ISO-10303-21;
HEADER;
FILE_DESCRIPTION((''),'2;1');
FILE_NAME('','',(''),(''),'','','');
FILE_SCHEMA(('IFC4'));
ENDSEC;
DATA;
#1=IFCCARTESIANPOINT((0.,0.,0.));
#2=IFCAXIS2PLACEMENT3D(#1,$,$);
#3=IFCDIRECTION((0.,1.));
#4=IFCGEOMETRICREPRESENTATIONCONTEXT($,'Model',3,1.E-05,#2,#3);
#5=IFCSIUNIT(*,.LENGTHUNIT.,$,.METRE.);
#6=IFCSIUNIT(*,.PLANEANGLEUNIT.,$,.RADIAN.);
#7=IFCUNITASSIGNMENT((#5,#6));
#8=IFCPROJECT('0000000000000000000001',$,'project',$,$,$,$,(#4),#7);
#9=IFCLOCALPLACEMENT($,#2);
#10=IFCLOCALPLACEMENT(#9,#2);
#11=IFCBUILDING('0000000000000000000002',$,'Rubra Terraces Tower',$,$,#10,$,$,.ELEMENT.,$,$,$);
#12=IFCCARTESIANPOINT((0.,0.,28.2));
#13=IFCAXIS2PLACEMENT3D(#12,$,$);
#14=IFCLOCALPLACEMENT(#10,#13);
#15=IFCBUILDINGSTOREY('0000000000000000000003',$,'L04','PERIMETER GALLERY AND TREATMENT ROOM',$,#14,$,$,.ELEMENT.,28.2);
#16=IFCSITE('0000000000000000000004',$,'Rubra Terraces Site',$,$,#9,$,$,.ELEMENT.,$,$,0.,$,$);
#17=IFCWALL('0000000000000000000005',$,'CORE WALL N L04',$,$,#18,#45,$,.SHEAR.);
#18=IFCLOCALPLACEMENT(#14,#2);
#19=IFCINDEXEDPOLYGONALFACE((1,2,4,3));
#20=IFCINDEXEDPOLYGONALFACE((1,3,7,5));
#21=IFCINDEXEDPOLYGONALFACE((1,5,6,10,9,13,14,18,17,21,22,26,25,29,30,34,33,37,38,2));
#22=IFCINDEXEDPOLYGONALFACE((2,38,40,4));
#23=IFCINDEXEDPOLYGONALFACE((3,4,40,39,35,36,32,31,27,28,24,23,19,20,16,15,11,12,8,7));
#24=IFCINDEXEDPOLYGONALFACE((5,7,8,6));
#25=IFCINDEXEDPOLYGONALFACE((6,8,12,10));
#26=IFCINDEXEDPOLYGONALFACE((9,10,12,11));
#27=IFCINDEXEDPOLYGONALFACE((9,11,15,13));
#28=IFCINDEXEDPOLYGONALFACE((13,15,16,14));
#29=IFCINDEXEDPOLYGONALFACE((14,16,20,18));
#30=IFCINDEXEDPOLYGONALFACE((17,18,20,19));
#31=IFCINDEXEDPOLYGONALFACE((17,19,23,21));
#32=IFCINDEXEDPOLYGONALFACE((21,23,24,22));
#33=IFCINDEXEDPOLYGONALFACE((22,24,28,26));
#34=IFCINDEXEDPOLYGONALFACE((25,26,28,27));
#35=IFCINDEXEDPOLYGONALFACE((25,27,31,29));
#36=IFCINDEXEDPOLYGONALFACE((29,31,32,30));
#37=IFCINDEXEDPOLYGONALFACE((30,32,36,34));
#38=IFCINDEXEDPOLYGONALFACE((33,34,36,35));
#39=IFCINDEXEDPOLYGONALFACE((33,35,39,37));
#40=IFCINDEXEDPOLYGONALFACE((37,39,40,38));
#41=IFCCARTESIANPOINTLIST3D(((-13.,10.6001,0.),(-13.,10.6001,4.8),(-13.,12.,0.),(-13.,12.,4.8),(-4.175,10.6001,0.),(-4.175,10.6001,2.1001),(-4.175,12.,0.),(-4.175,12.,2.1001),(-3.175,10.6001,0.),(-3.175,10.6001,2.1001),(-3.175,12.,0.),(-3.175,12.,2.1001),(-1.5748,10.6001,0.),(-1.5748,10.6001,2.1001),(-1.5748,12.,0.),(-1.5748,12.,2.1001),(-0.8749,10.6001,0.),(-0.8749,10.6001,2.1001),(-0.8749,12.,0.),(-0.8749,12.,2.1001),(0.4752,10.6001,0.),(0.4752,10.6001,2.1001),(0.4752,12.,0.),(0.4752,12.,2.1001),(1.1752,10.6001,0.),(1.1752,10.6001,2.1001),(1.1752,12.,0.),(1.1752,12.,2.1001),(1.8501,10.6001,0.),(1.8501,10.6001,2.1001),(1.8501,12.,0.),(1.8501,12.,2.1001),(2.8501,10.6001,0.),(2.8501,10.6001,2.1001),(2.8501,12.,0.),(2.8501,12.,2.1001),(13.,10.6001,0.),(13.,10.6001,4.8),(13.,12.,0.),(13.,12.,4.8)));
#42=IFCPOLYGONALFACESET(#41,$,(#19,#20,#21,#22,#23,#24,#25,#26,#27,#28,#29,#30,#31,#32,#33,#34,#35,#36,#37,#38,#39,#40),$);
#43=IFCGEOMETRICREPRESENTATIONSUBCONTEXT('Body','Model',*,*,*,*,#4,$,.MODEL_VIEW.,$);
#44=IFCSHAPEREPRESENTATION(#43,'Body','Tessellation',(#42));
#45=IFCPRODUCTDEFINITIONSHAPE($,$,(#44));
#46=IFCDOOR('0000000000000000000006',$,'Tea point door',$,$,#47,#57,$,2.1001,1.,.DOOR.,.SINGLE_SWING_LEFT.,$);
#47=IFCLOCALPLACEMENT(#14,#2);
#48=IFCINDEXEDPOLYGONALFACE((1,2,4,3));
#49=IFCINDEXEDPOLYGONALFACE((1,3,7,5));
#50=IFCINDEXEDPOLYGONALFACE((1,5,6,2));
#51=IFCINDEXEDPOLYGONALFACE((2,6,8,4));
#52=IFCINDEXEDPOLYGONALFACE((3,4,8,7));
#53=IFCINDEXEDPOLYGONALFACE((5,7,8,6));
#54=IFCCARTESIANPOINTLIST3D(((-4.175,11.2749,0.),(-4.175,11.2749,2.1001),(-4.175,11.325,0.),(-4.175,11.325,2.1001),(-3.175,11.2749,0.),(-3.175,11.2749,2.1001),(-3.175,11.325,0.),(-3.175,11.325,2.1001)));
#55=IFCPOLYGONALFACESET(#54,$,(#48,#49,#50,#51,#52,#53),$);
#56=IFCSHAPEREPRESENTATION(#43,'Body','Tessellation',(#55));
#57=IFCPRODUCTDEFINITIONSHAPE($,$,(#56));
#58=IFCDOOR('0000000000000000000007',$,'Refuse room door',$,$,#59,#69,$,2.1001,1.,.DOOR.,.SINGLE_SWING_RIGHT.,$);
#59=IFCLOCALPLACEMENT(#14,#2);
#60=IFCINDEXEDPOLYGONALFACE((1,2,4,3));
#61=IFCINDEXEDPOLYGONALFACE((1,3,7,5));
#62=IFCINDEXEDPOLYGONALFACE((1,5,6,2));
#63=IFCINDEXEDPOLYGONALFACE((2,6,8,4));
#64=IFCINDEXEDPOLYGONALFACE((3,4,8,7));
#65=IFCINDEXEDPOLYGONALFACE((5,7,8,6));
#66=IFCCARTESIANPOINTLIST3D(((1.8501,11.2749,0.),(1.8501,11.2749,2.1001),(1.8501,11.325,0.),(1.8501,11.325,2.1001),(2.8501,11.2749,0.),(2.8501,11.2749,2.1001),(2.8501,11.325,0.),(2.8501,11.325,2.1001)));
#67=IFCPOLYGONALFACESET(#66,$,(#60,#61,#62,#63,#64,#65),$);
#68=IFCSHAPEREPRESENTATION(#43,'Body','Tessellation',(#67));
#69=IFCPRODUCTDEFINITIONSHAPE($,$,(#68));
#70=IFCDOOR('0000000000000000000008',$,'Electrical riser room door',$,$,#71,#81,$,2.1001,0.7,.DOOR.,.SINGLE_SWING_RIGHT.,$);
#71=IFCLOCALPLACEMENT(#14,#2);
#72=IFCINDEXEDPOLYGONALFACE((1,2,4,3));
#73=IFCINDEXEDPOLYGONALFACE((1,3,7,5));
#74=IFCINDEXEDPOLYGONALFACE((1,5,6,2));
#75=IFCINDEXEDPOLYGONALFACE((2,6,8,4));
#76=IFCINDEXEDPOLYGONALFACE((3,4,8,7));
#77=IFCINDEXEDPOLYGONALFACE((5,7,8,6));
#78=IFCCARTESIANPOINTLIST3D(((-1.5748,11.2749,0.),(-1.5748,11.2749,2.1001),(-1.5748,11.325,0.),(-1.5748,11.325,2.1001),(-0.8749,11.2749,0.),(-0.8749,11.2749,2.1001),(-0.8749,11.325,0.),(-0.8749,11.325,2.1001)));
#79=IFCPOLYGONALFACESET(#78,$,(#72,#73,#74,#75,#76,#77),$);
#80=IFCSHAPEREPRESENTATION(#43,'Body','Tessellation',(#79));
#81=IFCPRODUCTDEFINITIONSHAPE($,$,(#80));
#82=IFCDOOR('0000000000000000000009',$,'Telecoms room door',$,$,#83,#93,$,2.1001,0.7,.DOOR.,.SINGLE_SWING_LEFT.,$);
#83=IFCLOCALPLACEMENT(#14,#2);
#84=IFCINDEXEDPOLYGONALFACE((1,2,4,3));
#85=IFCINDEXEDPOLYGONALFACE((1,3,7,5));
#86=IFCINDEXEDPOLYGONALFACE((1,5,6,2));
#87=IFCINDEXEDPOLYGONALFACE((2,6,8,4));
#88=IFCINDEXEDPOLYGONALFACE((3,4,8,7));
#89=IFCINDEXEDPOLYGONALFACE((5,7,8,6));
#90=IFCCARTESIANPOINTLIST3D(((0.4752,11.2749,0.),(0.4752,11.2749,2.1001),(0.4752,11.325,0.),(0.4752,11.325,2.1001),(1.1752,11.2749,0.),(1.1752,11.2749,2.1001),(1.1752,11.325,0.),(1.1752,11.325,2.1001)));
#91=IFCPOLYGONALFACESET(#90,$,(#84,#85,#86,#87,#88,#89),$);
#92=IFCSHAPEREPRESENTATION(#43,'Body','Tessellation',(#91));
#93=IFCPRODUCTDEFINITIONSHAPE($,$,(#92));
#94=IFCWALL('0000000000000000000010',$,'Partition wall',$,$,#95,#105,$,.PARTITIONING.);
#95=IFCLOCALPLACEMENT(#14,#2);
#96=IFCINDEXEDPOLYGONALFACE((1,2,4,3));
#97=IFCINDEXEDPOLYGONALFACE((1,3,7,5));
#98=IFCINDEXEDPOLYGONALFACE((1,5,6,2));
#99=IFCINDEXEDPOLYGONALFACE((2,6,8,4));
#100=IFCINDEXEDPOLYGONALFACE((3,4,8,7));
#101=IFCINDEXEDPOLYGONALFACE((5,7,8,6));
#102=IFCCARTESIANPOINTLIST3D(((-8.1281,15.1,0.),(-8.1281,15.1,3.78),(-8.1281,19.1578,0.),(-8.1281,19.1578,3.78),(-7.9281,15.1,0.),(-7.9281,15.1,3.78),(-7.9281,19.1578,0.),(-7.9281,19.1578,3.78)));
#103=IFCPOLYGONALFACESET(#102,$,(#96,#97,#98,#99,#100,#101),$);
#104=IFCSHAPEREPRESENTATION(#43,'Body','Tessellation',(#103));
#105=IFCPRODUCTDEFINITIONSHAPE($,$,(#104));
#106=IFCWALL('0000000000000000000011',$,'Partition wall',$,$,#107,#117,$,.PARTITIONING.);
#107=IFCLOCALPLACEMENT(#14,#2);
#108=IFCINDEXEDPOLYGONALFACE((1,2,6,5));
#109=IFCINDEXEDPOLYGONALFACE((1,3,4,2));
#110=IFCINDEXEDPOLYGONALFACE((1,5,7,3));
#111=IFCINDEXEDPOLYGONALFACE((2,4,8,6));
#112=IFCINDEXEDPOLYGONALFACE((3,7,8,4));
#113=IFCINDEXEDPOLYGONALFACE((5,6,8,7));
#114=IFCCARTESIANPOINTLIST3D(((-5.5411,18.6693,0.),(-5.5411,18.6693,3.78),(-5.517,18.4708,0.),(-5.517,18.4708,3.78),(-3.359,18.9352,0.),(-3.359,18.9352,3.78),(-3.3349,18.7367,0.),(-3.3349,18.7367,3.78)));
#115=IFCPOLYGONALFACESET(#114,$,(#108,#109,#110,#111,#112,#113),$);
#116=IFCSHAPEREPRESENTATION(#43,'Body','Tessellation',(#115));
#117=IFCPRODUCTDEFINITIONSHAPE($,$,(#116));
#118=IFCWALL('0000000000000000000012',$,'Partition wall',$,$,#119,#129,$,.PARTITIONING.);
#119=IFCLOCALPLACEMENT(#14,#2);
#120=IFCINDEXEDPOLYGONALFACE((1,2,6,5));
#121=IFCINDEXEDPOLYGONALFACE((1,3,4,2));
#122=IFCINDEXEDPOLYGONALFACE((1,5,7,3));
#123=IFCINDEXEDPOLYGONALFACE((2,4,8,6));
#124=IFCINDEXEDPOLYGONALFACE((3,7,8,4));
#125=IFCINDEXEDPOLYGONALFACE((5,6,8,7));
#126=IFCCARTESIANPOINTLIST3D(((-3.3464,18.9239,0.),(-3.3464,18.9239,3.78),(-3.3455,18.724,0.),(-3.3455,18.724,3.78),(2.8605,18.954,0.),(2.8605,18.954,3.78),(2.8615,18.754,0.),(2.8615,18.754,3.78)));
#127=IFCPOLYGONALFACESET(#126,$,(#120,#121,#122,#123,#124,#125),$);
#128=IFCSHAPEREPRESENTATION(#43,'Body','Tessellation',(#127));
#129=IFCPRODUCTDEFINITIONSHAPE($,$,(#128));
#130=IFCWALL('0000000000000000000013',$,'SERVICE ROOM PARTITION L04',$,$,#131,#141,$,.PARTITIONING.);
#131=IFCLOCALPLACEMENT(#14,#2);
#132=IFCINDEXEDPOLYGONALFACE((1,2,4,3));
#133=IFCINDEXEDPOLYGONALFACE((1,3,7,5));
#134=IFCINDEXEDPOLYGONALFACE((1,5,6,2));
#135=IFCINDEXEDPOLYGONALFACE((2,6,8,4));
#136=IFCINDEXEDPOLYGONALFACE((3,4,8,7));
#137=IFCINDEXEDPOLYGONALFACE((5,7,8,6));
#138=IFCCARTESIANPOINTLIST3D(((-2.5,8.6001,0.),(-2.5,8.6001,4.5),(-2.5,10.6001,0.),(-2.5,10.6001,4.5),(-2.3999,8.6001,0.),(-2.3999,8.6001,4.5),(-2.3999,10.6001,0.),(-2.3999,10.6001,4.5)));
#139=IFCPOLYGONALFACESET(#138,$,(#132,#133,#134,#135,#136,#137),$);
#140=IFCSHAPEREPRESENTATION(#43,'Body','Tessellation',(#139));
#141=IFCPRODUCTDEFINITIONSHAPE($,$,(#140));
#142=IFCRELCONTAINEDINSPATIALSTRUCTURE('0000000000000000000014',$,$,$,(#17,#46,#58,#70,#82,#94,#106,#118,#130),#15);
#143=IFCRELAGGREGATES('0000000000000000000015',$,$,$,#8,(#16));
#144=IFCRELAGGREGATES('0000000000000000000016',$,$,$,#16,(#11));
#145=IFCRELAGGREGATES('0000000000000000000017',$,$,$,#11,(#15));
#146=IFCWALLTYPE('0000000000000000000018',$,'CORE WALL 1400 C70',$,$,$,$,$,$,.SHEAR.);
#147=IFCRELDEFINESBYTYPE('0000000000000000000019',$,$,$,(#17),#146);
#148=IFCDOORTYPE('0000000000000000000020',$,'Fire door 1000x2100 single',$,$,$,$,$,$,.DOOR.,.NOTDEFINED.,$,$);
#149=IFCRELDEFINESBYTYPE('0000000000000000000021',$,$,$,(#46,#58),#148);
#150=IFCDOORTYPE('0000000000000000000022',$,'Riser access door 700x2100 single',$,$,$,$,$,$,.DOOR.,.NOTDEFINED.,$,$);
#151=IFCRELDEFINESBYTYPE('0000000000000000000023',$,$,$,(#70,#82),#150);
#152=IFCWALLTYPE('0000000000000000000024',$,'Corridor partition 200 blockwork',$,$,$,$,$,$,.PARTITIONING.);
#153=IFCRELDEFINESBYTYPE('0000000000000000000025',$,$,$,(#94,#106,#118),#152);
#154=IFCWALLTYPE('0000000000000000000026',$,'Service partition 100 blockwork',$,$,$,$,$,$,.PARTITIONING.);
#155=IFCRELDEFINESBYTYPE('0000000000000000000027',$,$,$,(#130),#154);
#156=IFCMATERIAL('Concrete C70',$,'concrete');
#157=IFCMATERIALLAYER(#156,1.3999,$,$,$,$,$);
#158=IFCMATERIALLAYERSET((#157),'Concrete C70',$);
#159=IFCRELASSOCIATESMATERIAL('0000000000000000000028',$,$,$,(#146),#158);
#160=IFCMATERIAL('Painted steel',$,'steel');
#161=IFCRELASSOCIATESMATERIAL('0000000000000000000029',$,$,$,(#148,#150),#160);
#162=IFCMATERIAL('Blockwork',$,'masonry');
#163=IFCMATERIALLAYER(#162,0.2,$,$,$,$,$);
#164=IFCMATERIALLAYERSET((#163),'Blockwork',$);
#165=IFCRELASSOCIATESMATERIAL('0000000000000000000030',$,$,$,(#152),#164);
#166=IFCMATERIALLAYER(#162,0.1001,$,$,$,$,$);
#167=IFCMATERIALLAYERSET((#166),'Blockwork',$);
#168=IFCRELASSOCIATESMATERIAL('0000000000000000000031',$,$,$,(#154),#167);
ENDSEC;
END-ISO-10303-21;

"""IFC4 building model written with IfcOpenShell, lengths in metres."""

from ifc_helpers import new_model, si_unit, direction, frame, frame_2d, origin, place, context, subcontext, project, spatial, rectangle, extrude, material, layer, layer_set, type_object, element, fill, save


model = new_model("IFC4")

# Units and contexts
model_context = context("Model", 3, precision=1e-05, world=origin(), true_north=direction((0.0, 1.0)))
body_context = subcontext(model_context, "Body", "Model", "MODEL_VIEW")
ifc_project = project(units=[si_unit("LENGTHUNIT", "METRE"), si_unit("PLANEANGLEUNIT", "RADIAN")], contexts=[model_context])

# Site, building, storey
site_placement = place(None, origin())
site = spatial("IfcSite", under=ifc_project, at=site_placement, Name="Rubra Terraces Site", CompositionType="ELEMENT", RefElevation=0.0)
building_placement = place(site_placement, origin())
building = spatial("IfcBuilding", under=site, at=building_placement, Name="Rubra Terraces Tower", CompositionType="ELEMENT")
storey_placement = place(building_placement, frame((0.0, 0.0, 28.2)))
storey = spatial("IfcBuildingStorey", under=building, at=storey_placement, Name="L04", Description="PERIMETER GALLERY AND TREATMENT ROOM", CompositionType="ELEMENT", Elevation=28.2)

# Wall, openings, doors
ifc_material_1 = material(Name="Concrete C70", Category="concrete")
ifc_layer_1 = layer(ifc_material_1, 1.3999)
ifc_layer_set_1 = layer_set([ifc_layer_1], Name="Concrete C70")
wall_type_1 = type_object("IfcWallType", Name="CORE WALL 1400 C70", PredefinedType="SHEAR", material=ifc_layer_set_1)
wall_1_placement = place(storey_placement, frame((-13.0, 11.3, 0.0), z_axis=(0.0, 0.0, 1.0), x_axis=(1.0, 0.0, 0.0)))
wall_1 = element("IfcWall", 1, at=wall_1_placement, inside=storey, type_object=wall_type_1, Name="CORE WALL N L04", PredefinedType="SHEAR", context=body_context, shape_type="SweptSolid", body=[
    extrude(rectangle(XDim=26.0, YDim=1.3999, at=frame_2d((13.0, 0.0))), origin(), (0.0, 0.0, 1.0), 4.8),
])
opening_1_placement = place(wall_1_placement, frame((8.825, 0.0, 0.0)))
opening_1 = element("IfcOpeningElement", 2, at=opening_1_placement, cuts=wall_1, PredefinedType="OPENING", context=body_context, shape_type="SweptSolid", body=[
    extrude(rectangle(XDim=1.0, YDim=2.1001, at=frame_2d((0.5, 1.05))), frame((0.0, 0.71, 0.0), z_axis=(0.0, -1.0, 0.0), x_axis=(1.0, 0.0, 0.0)), (0.0, 0.0, 1.0), 1.4199),
])
opening_2_placement = place(wall_1_placement, frame((11.425, 0.0, 0.0)))
opening_2 = element("IfcOpeningElement", 3, at=opening_2_placement, cuts=wall_1, PredefinedType="OPENING", context=body_context, shape_type="SweptSolid", body=[
    extrude(rectangle(XDim=0.7, YDim=2.1001, at=frame_2d((0.3501, 1.05))), frame((0.0, 0.71, 0.0), z_axis=(0.0, -1.0, 0.0), x_axis=(1.0, 0.0, 0.0)), (0.0, 0.0, 1.0), 1.4199),
])
opening_3_placement = place(wall_1_placement, frame((13.4751, 0.0, 0.0)))
opening_3 = element("IfcOpeningElement", 4, at=opening_3_placement, cuts=wall_1, PredefinedType="OPENING", context=body_context, shape_type="SweptSolid", body=[
    extrude(rectangle(XDim=0.7, YDim=2.1001, at=frame_2d((0.3501, 1.05))), frame((0.0, 0.71, 0.0), z_axis=(0.0, -1.0, 0.0), x_axis=(1.0, 0.0, 0.0)), (0.0, 0.0, 1.0), 1.4199),
])
opening_4_placement = place(wall_1_placement, frame((14.8501, 0.0, 0.0)))
opening_4 = element("IfcOpeningElement", 5, at=opening_4_placement, cuts=wall_1, PredefinedType="OPENING", context=body_context, shape_type="SweptSolid", body=[
    extrude(rectangle(XDim=1.0, YDim=2.1001, at=frame_2d((0.5, 1.05))), frame((0.0, 0.71, 0.0), z_axis=(0.0, -1.0, 0.0), x_axis=(1.0, 0.0, 0.0)), (0.0, 0.0, 1.0), 1.4199),
])
ifc_material_2 = material(Name="Painted steel", Category="steel")
door_type_1 = type_object("IfcDoorType", Name="Fire door 1000x2100 single", OperationType="NOTDEFINED", PredefinedType="DOOR", material=ifc_material_2)
door_1_placement = place(opening_1_placement, origin())
door_1 = element("IfcDoor", 6, at=door_1_placement, inside=storey, type_object=door_type_1, Name="Tea point door", OperationType="SINGLE_SWING_LEFT", OverallHeight=2.1001, OverallWidth=1.0, PredefinedType="DOOR", context=body_context, shape_type="SweptSolid", body=[
    extrude(rectangle(XDim=1.0, YDim=2.1001, at=frame_2d((0.5, 1.05))), frame((0.0, 0.0249, 0.0), z_axis=(0.0, -1.0, 0.0), x_axis=(1.0, 0.0, 0.0)), (0.0, 0.0, 1.0), 0.05),
])
fill(opening_1, door_1)
door_2_placement = place(opening_4_placement, origin())
door_2 = element("IfcDoor", 7, at=door_2_placement, inside=storey, type_object=door_type_1, Name="Refuse room door", OperationType="SINGLE_SWING_RIGHT", OverallHeight=2.1001, OverallWidth=1.0, PredefinedType="DOOR", context=body_context, shape_type="SweptSolid", body=[
    extrude(rectangle(XDim=1.0, YDim=2.1001, at=frame_2d((0.5, 1.05))), frame((0.0, 0.0249, 0.0), z_axis=(0.0, -1.0, 0.0), x_axis=(1.0, 0.0, 0.0)), (0.0, 0.0, 1.0), 0.05),
])
fill(opening_4, door_2)
door_type_2 = type_object("IfcDoorType", Name="Riser access door 700x2100 single", OperationType="NOTDEFINED", PredefinedType="DOOR", material=ifc_material_2)
door_3_placement = place(opening_2_placement, origin())
door_3 = element("IfcDoor", 8, at=door_3_placement, inside=storey, type_object=door_type_2, Name="Electrical riser room door", OperationType="SINGLE_SWING_RIGHT", OverallHeight=2.1001, OverallWidth=0.7, PredefinedType="DOOR", context=body_context, shape_type="SweptSolid", body=[
    extrude(rectangle(XDim=0.7, YDim=2.1001, at=frame_2d((0.3501, 1.05))), frame((0.0, 0.0249, 0.0), z_axis=(0.0, -1.0, 0.0), x_axis=(1.0, 0.0, 0.0)), (0.0, 0.0, 1.0), 0.05),
])
fill(opening_2, door_3)
door_4_placement = place(opening_3_placement, origin())
door_4 = element("IfcDoor", 9, at=door_4_placement, inside=storey, type_object=door_type_2, Name="Telecoms room door", OperationType="SINGLE_SWING_LEFT", OverallHeight=2.1001, OverallWidth=0.7, PredefinedType="DOOR", context=body_context, shape_type="SweptSolid", body=[
    extrude(rectangle(XDim=0.7, YDim=2.1001, at=frame_2d((0.3501, 1.05))), frame((0.0, 0.0249, 0.0), z_axis=(0.0, -1.0, 0.0), x_axis=(1.0, 0.0, 0.0)), (0.0, 0.0, 1.0), 0.05),
])
fill(opening_3, door_4)

# Walls
ifc_material_3 = material(Name="Blockwork", Category="masonry")
ifc_layer_2 = layer(ifc_material_3, 0.2)
ifc_layer_set_2 = layer_set([ifc_layer_2], Name="Blockwork")
wall_type_2 = type_object("IfcWallType", Name="Corridor partition 200 blockwork", PredefinedType="PARTITIONING", material=ifc_layer_set_2)
wall_2_placement = place(storey_placement, frame((-8.0281, 15.1001, 0.0), z_axis=(0.0, 0.0, 1.0), x_axis=(0.0, 1.0, 0.0)))
element("IfcWall", 10, at=wall_2_placement, inside=storey, type_object=wall_type_2, Name="Partition wall", PredefinedType="PARTITIONING", context=body_context, shape_type="SweptSolid", body=[
    extrude(rectangle(XDim=4.0579, YDim=0.2, at=frame_2d((2.0288, 0.0))), origin(), (0.0, 0.0, 1.0), 3.78),
])
wall_3_placement = place(storey_placement, frame((-5.5291, 18.5701, 0.0), z_axis=(0.0, 0.0, 1.0), x_axis=(0.992659, 0.120945, 0.0)))
element("IfcWall", 11, at=wall_3_placement, inside=storey, type_object=wall_type_2, Name="Partition wall", PredefinedType="PARTITIONING", context=body_context, shape_type="SweptSolid", body=[
    extrude(rectangle(XDim=2.1982, YDim=0.2, at=frame_2d((1.0991, 0.0))), origin(), (0.0, 0.0, 1.0), 3.78),
])
wall_4_placement = place(storey_placement, frame((-3.3459, 18.824, 0.0), z_axis=(0.0, 0.0, 1.0), x_axis=(0.999988, 0.004838, 0.0)))
element("IfcWall", 12, at=wall_4_placement, inside=storey, type_object=wall_type_2, Name="Partition wall", PredefinedType="PARTITIONING", context=body_context, shape_type="SweptSolid", body=[
    extrude(rectangle(XDim=6.207, YDim=0.2, at=frame_2d((3.1035, 0.0))), origin(), (0.0, 0.0, 1.0), 3.78),
])
ifc_layer_3 = layer(ifc_material_3, 0.1001)
ifc_layer_set_3 = layer_set([ifc_layer_3], Name="Blockwork")
wall_type_3 = type_object("IfcWallType", Name="Service partition 100 blockwork", PredefinedType="PARTITIONING", material=ifc_layer_set_3)
wall_5_placement = place(storey_placement, frame((-2.45, 8.6001, 0.0), z_axis=(0.0, 0.0, 1.0), x_axis=(0.0, 1.0, 0.0)))
element("IfcWall", 13, at=wall_5_placement, inside=storey, type_object=wall_type_3, Name="SERVICE ROOM PARTITION L04", PredefinedType="PARTITIONING", context=body_context, shape_type="SweptSolid", body=[
    extrude(rectangle(XDim=2.0, YDim=0.1001, at=frame_2d((1.0, 0.0))), origin(), (0.0, 0.0, 1.0), 4.5),
])

save(model, "model.ifc")
